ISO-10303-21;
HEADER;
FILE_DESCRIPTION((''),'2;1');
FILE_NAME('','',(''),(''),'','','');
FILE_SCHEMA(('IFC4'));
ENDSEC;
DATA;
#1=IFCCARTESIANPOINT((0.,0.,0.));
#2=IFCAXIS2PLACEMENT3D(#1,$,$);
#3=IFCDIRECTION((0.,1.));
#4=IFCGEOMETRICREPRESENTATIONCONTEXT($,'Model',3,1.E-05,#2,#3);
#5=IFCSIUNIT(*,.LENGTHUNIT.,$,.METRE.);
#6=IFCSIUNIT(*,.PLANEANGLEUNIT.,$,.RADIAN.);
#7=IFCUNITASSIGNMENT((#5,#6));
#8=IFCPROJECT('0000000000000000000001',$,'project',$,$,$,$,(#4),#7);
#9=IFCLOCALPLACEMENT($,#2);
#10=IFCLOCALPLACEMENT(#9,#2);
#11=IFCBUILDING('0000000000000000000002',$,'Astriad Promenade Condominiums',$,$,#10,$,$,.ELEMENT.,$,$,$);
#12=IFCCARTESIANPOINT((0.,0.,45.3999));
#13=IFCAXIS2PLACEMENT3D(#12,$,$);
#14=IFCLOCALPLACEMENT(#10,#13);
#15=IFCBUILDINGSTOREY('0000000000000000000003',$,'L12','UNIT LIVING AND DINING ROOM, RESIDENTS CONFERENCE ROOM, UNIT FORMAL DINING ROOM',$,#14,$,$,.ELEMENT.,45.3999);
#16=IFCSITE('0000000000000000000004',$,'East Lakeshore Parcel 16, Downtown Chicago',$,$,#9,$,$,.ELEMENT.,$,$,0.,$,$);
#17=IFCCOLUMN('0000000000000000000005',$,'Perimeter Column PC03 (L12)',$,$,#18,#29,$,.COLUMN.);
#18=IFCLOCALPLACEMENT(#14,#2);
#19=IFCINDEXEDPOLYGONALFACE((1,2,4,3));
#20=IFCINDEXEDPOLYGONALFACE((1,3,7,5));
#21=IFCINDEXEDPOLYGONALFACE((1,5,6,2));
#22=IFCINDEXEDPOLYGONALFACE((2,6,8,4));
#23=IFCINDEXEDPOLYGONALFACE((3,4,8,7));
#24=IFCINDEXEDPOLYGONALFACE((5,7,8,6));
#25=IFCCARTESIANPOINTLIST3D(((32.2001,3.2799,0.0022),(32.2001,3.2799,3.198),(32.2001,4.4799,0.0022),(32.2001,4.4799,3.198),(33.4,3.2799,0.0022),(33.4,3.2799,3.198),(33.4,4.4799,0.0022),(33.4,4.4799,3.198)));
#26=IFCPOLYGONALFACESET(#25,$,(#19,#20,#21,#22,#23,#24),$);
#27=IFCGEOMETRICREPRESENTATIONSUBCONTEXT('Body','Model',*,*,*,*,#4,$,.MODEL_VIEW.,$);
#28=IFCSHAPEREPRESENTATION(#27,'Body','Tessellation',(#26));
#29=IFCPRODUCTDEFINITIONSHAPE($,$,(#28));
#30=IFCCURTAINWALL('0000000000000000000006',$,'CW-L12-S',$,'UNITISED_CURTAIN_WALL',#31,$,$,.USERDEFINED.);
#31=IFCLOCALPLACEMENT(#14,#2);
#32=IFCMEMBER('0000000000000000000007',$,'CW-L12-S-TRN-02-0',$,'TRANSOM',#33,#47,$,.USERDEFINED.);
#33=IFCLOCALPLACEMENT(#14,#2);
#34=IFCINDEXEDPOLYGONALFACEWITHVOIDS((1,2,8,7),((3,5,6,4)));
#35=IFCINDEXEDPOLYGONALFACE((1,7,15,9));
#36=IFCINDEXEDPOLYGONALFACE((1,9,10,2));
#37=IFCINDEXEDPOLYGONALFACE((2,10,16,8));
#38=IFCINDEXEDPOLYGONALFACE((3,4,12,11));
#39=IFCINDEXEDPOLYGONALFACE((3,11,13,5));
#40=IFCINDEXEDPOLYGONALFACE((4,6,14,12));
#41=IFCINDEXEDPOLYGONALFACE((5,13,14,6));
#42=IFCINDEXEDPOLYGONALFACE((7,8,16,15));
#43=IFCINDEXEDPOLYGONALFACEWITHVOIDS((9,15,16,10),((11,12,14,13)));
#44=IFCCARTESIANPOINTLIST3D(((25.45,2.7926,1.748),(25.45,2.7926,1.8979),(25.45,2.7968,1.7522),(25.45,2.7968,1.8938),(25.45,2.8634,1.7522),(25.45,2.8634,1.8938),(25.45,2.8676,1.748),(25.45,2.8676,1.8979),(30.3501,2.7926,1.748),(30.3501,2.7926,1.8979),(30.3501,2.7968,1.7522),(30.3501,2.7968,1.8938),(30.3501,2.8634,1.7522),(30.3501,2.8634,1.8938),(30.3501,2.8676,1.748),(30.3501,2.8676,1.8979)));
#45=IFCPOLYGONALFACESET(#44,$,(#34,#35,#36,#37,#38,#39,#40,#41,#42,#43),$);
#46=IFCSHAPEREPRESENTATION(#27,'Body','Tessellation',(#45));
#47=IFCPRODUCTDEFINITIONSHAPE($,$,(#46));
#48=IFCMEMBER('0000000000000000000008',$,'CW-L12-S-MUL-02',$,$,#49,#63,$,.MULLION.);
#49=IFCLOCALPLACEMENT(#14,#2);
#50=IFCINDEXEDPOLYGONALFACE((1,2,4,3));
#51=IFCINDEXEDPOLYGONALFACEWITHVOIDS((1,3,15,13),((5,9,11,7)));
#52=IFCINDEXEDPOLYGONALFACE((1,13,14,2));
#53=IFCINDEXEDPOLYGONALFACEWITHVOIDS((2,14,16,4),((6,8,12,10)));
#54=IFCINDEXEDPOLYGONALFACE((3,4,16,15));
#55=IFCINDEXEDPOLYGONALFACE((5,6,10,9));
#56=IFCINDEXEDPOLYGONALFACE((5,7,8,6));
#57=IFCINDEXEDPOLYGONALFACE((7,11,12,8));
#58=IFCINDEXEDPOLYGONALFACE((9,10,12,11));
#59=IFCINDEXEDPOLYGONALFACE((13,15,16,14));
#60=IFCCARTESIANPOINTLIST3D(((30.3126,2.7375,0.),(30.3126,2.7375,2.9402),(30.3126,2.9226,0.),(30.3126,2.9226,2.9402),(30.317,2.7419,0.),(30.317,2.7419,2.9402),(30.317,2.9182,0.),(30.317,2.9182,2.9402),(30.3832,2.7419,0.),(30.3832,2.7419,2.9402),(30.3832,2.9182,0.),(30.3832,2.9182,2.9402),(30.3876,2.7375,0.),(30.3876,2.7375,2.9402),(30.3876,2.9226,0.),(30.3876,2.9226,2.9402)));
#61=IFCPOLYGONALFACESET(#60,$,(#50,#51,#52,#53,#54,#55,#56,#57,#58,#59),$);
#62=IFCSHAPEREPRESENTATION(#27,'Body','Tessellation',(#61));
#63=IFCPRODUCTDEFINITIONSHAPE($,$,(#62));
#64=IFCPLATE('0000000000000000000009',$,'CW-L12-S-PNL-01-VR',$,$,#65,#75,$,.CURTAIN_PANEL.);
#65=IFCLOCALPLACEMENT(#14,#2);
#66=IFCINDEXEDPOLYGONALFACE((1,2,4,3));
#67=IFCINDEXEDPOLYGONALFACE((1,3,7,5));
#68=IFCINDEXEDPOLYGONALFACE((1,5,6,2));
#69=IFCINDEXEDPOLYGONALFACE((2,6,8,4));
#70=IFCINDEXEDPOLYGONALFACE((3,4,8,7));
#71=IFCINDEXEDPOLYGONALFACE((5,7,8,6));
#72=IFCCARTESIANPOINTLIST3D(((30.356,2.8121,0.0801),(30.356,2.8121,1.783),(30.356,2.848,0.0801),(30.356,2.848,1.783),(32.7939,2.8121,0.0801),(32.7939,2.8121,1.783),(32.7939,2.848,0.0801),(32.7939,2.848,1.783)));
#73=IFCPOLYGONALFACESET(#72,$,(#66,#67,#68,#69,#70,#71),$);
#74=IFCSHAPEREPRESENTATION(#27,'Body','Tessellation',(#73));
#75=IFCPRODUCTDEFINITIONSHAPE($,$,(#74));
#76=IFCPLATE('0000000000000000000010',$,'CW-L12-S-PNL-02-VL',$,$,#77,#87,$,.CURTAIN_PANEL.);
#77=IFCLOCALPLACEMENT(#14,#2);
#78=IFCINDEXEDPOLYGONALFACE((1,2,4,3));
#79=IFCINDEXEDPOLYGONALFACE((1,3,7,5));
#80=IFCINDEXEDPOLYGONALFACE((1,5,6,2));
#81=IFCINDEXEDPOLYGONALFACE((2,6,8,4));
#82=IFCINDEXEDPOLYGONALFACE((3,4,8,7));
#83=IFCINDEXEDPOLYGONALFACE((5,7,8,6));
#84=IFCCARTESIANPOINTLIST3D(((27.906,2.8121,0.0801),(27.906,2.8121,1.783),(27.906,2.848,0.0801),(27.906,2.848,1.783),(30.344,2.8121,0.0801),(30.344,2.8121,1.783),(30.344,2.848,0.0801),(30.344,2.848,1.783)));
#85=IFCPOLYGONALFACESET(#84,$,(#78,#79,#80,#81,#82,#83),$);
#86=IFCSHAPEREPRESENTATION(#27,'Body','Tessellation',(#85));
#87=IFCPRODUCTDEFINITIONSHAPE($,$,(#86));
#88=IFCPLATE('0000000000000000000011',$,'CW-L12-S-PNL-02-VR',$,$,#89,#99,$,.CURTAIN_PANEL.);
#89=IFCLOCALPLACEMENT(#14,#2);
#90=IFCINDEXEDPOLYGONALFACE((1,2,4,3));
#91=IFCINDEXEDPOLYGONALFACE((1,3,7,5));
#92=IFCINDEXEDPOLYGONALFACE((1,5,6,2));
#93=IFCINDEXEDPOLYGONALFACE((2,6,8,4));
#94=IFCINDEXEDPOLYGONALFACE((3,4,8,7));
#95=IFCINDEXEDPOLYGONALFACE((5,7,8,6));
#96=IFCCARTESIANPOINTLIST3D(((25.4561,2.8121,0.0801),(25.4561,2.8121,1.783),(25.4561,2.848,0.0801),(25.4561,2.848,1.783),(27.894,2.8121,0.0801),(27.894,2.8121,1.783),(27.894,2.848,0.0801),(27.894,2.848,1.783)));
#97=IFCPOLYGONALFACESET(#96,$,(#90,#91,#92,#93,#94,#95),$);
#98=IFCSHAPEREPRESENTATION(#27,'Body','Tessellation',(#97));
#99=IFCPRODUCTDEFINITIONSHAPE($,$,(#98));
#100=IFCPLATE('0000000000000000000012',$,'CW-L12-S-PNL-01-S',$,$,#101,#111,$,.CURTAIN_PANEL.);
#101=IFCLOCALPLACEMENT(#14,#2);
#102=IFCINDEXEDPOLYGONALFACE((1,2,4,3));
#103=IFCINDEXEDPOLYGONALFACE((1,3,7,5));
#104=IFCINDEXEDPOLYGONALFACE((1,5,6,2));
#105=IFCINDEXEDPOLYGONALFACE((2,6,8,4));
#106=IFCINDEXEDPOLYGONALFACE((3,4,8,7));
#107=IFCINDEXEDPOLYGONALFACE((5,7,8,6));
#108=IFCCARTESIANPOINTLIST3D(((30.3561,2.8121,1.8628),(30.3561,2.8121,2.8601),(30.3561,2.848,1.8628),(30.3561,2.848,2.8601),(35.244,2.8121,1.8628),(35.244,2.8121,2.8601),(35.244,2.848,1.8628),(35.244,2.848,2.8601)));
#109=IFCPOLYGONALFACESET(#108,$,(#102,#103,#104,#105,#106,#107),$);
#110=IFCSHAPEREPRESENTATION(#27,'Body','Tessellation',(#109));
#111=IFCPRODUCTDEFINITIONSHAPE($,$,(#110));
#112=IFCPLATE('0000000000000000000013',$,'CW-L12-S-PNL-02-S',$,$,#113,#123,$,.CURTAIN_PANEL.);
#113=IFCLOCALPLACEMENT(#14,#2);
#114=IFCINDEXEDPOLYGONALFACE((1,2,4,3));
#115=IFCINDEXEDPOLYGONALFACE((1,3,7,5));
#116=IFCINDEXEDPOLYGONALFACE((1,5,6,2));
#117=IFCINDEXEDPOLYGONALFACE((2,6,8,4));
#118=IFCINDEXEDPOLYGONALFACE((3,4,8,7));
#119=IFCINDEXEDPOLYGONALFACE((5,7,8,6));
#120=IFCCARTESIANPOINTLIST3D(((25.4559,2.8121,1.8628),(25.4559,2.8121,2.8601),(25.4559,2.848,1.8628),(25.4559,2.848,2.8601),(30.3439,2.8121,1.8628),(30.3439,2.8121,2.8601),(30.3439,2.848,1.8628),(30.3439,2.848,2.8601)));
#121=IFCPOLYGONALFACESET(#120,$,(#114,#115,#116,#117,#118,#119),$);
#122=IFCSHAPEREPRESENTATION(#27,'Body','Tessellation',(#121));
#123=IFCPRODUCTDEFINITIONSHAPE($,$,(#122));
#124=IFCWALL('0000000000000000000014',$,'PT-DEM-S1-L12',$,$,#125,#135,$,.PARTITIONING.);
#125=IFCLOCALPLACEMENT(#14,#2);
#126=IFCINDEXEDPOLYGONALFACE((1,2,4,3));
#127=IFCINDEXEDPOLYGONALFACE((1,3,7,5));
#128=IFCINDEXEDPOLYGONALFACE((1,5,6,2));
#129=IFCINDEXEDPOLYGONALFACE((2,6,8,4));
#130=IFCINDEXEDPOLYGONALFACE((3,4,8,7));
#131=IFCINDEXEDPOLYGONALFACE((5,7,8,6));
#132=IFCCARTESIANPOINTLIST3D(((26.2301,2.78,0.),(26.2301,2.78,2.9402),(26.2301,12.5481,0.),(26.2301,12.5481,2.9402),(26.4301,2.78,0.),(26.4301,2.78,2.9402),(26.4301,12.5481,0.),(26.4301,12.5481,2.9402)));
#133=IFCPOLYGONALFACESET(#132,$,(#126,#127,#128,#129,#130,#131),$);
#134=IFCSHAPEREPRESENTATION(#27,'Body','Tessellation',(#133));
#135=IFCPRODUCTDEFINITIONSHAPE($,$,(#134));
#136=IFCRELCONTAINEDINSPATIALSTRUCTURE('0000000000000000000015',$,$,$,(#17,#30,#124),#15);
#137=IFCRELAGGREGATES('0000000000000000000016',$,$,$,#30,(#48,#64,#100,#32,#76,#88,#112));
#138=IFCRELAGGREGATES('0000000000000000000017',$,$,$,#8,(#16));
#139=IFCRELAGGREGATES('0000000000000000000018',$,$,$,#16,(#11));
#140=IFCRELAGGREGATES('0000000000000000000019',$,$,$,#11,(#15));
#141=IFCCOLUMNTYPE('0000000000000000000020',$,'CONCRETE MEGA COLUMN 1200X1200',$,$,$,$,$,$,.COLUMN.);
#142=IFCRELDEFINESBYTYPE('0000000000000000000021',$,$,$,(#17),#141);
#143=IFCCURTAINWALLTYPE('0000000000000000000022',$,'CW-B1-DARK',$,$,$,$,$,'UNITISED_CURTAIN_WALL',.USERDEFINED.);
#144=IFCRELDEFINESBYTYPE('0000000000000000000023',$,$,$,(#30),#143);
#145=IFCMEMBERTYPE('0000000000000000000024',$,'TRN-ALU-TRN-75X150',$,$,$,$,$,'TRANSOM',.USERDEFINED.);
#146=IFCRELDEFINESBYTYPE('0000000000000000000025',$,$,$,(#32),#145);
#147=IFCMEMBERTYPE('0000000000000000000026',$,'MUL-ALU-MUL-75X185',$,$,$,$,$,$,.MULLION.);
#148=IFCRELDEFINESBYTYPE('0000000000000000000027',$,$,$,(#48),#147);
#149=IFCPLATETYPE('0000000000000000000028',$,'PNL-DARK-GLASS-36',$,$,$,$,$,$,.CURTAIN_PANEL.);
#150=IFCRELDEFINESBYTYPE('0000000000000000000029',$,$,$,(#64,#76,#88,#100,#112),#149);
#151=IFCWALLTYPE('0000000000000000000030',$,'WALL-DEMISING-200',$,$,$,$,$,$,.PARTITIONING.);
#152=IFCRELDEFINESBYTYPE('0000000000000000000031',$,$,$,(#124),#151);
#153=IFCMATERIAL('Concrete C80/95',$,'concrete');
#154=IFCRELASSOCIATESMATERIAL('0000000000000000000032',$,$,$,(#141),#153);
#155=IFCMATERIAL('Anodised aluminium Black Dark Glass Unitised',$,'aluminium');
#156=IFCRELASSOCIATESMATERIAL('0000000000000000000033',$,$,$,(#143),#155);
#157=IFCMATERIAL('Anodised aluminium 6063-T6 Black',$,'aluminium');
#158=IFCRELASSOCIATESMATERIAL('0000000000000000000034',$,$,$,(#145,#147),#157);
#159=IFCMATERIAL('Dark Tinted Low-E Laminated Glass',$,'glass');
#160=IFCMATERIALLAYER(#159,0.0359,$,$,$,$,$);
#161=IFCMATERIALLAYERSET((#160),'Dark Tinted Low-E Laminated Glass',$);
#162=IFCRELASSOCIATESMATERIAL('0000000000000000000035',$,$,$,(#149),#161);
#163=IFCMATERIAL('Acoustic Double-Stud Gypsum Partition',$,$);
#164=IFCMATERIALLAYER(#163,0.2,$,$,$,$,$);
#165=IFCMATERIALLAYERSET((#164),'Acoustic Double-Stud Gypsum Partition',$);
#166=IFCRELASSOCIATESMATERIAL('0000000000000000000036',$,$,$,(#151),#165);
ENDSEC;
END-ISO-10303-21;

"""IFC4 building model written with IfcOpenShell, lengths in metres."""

from ifc_helpers import new_model, si_unit, direction, frame, frame_2d, origin, origin_2d, place, context, subcontext, project, spatial, rectangle, hollow_rectangle, extrude, source, transform, mapped, material, layer, layer_set, material_profile, profile_set, type_object, type_shapes, element, aggregate, save


model = new_model("IFC4")

# Units and contexts
model_context = context("Model", 3, precision=1e-05, world=origin(), true_north=direction((0.0, 1.0)))
body_context = subcontext(model_context, "Body", "Model", "MODEL_VIEW")
ifc_project = project(units=[si_unit("LENGTHUNIT", "METRE"), si_unit("PLANEANGLEUNIT", "RADIAN")], contexts=[model_context])

# Site, building, storey
site_placement = place(None, origin())
site = spatial("IfcSite", under=ifc_project, at=site_placement, Name="East Lakeshore Parcel 16, Downtown Chicago", CompositionType="ELEMENT", RefElevation=0.0)
building_placement = place(site_placement, origin())
building = spatial("IfcBuilding", under=site, at=building_placement, Name="Astriad Promenade Condominiums", CompositionType="ELEMENT")
storey_placement = place(building_placement, frame((0.0, 0.0, 45.3999)))
storey = spatial("IfcBuildingStorey", under=building, at=storey_placement, Name="L12", Description="UNIT LIVING AND DINING ROOM, RESIDENTS CONFERENCE ROOM, UNIT FORMAL DINING ROOM", CompositionType="ELEMENT", Elevation=45.3999)

# Column
ifc_material_1 = material(Name="Concrete C80/95", Category="concrete")
ifc_material_profile_1 = material_profile(ifc_material_1, rectangle(XDim=1.2, YDim=1.2, at=origin_2d()), Name="RC-COL-1200X1200")
ifc_profile_set_1 = profile_set([ifc_material_profile_1], Name="Concrete C80/95")
column_type = type_object("IfcColumnType", Name="CONCRETE MEGA COLUMN 1200X1200", PredefinedType="COLUMN", material=ifc_profile_set_1)
shared_shape_1 = source(origin(), body_context, "Body", "SweptSolid", [
    extrude(rectangle(XDim=1.2, YDim=1.2, at=origin_2d()), origin(), (0.0, 0.0, 1.0), 3.1958),
])
type_shapes(column_type, [shared_shape_1])
column_placement = place(storey_placement, frame((32.8, 3.8799, 0.0022), z_axis=(0.0, 0.0, 1.0), x_axis=(1.0, 0.0, 0.0)))
element("IfcColumn", 1, at=column_placement, inside=storey, type_object=column_type, Name="Perimeter Column PC03 (L12)", PredefinedType="COLUMN", context=body_context, shape_type="MappedRepresentation", body=[
    mapped(shared_shape_1, transform((0.0, 0.0, 0.0), scale=1.0)),
])

# Curtain wall, members, plates
ifc_material_2 = material(Name="Anodised aluminium Black Dark Glass Unitised", Category="aluminium")
curtain_wall_type = type_object("IfcCurtainWallType", Name="CW-B1-DARK", ElementType="UNITISED_CURTAIN_WALL", PredefinedType="USERDEFINED", material=ifc_material_2)
curtain_wall_placement = place(storey_placement, origin())
curtain_wall = element("IfcCurtainWall", 2, at=curtain_wall_placement, inside=storey, type_object=curtain_wall_type, Name="CW-L12-S", ObjectType="UNITISED_CURTAIN_WALL", PredefinedType="USERDEFINED")
ifc_material_3 = material(Name="Anodised aluminium 6063-T6 Black", Category="aluminium")
ifc_material_profile_2 = material_profile(ifc_material_3, hollow_rectangle(XDim=0.075, YDim=0.1499, WallThickness=0.0042, at=origin_2d()), Name="ALU-TRN-75X150")
ifc_profile_set_2 = profile_set([ifc_material_profile_2], Name="Anodised aluminium 6063-T6 Black")
member_type_1 = type_object("IfcMemberType", Name="TRN-ALU-TRN-75X150", ElementType="TRANSOM", PredefinedType="USERDEFINED", material=ifc_profile_set_2)
shared_shape_2 = source(origin(), body_context, "Body", "SweptSolid", [
    extrude(hollow_rectangle(XDim=0.075, YDim=0.1499, WallThickness=0.0042, at=origin_2d()), origin(), (0.0, 0.0, 1.0), 4.9001),
])
type_shapes(member_type_1, [shared_shape_2])
member_1_placement = place(storey_placement, frame((30.3501, 2.8301, 1.823), z_axis=(-1.0, 0.0, 0.0), x_axis=(0.0, -1.0, 0.0)))
member_1 = element("IfcMember", 3, at=member_1_placement, type_object=member_type_1, Name="CW-L12-S-TRN-02-0", ObjectType="TRANSOM", PredefinedType="USERDEFINED", context=body_context, shape_type="MappedRepresentation", body=[
    mapped(shared_shape_2, transform((0.0, 0.0, 0.0), scale=1.0)),
])
ifc_material_profile_3 = material_profile(ifc_material_3, hollow_rectangle(XDim=0.075, YDim=0.1851, WallThickness=0.0044, at=origin_2d()), Name="ALU-MUL-75X185")
ifc_profile_set_3 = profile_set([ifc_material_profile_3], Name="Anodised aluminium 6063-T6 Black")
member_type_2 = type_object("IfcMemberType", Name="MUL-ALU-MUL-75X185", PredefinedType="MULLION", material=ifc_profile_set_3)
shared_shape_3 = source(origin(), body_context, "Body", "SweptSolid", [
    extrude(hollow_rectangle(XDim=0.075, YDim=0.1851, WallThickness=0.0044, at=origin_2d()), origin(), (0.0, 0.0, 1.0), 2.9402),
])
type_shapes(member_type_2, [shared_shape_3])
member_2_placement = place(storey_placement, frame((30.3501, 2.8301, 0.0), z_axis=(0.0, 0.0, 1.0), x_axis=(1.0, 0.0, 0.0)))
member_2 = element("IfcMember", 4, at=member_2_placement, type_object=member_type_2, Name="CW-L12-S-MUL-02", PredefinedType="MULLION", context=body_context, shape_type="MappedRepresentation", body=[
    mapped(shared_shape_3, transform((0.0, 0.0, 0.0), scale=1.0)),
])
ifc_material_4 = material(Name="Dark Tinted Low-E Laminated Glass", Category="glass")
ifc_layer_1 = layer(ifc_material_4, 0.0359)
ifc_layer_set_1 = layer_set([ifc_layer_1], Name="Dark Tinted Low-E Laminated Glass")
plate_type = type_object("IfcPlateType", Name="PNL-DARK-GLASS-36", PredefinedType="CURTAIN_PANEL", material=ifc_layer_set_1)
shared_shape_4 = source(origin(), body_context, "Body", "SweptSolid", [
    extrude(rectangle(XDim=2.438, YDim=0.0359, at=origin_2d()), origin(), (0.0, 0.0, 1.0), 1.7029),
])
plate_1_placement = place(storey_placement, frame((31.575, 2.8301, 0.0801), z_axis=(0.0, 0.0, 1.0), x_axis=(-1.0, 0.0, 0.0)))
plate_1 = element("IfcPlate", 5, at=plate_1_placement, type_object=plate_type, Name="CW-L12-S-PNL-01-VR", PredefinedType="CURTAIN_PANEL", context=body_context, shape_type="MappedRepresentation", body=[
    mapped(shared_shape_4, transform((0.0, 0.0, 0.0), scale=1.0)),
])
plate_2_placement = place(storey_placement, frame((29.125, 2.8301, 0.0801), z_axis=(0.0, 0.0, 1.0), x_axis=(-1.0, 0.0, 0.0)))
plate_2 = element("IfcPlate", 6, at=plate_2_placement, type_object=plate_type, Name="CW-L12-S-PNL-02-VL", PredefinedType="CURTAIN_PANEL", context=body_context, shape_type="MappedRepresentation", body=[
    mapped(shared_shape_4, transform((0.0, 0.0, 0.0), scale=1.0)),
])
plate_3_placement = place(storey_placement, frame((26.675, 2.8301, 0.0801), z_axis=(0.0, 0.0, 1.0), x_axis=(-1.0, 0.0, 0.0)))
plate_3 = element("IfcPlate", 7, at=plate_3_placement, type_object=plate_type, Name="CW-L12-S-PNL-02-VR", PredefinedType="CURTAIN_PANEL", context=body_context, shape_type="MappedRepresentation", body=[
    mapped(shared_shape_4, transform((0.0, 0.0, 0.0), scale=1.0)),
])
shared_shape_5 = source(origin(), body_context, "Body", "SweptSolid", [
    extrude(rectangle(XDim=4.8879, YDim=0.0359, at=origin_2d()), origin(), (0.0, 0.0, 1.0), 0.9973),
])
type_shapes(plate_type, [shared_shape_4, shared_shape_5])
plate_4_placement = place(storey_placement, frame((32.8, 2.8301, 1.8628), z_axis=(0.0, 0.0, 1.0), x_axis=(-1.0, 0.0, 0.0)))
plate_4 = element("IfcPlate", 8, at=plate_4_placement, type_object=plate_type, Name="CW-L12-S-PNL-01-S", PredefinedType="CURTAIN_PANEL", context=body_context, shape_type="MappedRepresentation", body=[
    mapped(shared_shape_5, transform((0.0, 0.0, 0.0), scale=1.0)),
])
plate_5_placement = place(storey_placement, frame((27.8999, 2.8301, 1.8628), z_axis=(0.0, 0.0, 1.0), x_axis=(-1.0, 0.0, 0.0)))
plate_5 = element("IfcPlate", 9, at=plate_5_placement, type_object=plate_type, Name="CW-L12-S-PNL-02-S", PredefinedType="CURTAIN_PANEL", context=body_context, shape_type="MappedRepresentation", body=[
    mapped(shared_shape_5, transform((0.0, 0.0, 0.0), scale=1.0)),
])
aggregate(curtain_wall, [member_2, plate_1, plate_4, member_1, plate_2, plate_3, plate_5])

# Wall
ifc_material_5 = material(Name="Acoustic Double-Stud Gypsum Partition")
ifc_layer_2 = layer(ifc_material_5, 0.2)
ifc_layer_set_2 = layer_set([ifc_layer_2], Name="Acoustic Double-Stud Gypsum Partition")
wall_type_1 = type_object("IfcWallType", Name="WALL-DEMISING-200", PredefinedType="PARTITIONING", material=ifc_layer_set_2)
wall_1_placement = place(storey_placement, frame((26.3301, 2.78, 0.0), z_axis=(0.0, 0.0, 1.0), x_axis=(0.0, 1.0, 0.0)))
element("IfcWall", 10, at=wall_1_placement, inside=storey, type_object=wall_type_1, Name="PT-DEM-S1-L12", PredefinedType="PARTITIONING", context=body_context, shape_type="SweptSolid", body=[
    extrude(rectangle(XDim=9.7681, YDim=0.2, at=frame_2d((4.884, 0.0))), origin(), (0.0, 0.0, 1.0), 2.9402),
])

save(model, "model.ifc")
